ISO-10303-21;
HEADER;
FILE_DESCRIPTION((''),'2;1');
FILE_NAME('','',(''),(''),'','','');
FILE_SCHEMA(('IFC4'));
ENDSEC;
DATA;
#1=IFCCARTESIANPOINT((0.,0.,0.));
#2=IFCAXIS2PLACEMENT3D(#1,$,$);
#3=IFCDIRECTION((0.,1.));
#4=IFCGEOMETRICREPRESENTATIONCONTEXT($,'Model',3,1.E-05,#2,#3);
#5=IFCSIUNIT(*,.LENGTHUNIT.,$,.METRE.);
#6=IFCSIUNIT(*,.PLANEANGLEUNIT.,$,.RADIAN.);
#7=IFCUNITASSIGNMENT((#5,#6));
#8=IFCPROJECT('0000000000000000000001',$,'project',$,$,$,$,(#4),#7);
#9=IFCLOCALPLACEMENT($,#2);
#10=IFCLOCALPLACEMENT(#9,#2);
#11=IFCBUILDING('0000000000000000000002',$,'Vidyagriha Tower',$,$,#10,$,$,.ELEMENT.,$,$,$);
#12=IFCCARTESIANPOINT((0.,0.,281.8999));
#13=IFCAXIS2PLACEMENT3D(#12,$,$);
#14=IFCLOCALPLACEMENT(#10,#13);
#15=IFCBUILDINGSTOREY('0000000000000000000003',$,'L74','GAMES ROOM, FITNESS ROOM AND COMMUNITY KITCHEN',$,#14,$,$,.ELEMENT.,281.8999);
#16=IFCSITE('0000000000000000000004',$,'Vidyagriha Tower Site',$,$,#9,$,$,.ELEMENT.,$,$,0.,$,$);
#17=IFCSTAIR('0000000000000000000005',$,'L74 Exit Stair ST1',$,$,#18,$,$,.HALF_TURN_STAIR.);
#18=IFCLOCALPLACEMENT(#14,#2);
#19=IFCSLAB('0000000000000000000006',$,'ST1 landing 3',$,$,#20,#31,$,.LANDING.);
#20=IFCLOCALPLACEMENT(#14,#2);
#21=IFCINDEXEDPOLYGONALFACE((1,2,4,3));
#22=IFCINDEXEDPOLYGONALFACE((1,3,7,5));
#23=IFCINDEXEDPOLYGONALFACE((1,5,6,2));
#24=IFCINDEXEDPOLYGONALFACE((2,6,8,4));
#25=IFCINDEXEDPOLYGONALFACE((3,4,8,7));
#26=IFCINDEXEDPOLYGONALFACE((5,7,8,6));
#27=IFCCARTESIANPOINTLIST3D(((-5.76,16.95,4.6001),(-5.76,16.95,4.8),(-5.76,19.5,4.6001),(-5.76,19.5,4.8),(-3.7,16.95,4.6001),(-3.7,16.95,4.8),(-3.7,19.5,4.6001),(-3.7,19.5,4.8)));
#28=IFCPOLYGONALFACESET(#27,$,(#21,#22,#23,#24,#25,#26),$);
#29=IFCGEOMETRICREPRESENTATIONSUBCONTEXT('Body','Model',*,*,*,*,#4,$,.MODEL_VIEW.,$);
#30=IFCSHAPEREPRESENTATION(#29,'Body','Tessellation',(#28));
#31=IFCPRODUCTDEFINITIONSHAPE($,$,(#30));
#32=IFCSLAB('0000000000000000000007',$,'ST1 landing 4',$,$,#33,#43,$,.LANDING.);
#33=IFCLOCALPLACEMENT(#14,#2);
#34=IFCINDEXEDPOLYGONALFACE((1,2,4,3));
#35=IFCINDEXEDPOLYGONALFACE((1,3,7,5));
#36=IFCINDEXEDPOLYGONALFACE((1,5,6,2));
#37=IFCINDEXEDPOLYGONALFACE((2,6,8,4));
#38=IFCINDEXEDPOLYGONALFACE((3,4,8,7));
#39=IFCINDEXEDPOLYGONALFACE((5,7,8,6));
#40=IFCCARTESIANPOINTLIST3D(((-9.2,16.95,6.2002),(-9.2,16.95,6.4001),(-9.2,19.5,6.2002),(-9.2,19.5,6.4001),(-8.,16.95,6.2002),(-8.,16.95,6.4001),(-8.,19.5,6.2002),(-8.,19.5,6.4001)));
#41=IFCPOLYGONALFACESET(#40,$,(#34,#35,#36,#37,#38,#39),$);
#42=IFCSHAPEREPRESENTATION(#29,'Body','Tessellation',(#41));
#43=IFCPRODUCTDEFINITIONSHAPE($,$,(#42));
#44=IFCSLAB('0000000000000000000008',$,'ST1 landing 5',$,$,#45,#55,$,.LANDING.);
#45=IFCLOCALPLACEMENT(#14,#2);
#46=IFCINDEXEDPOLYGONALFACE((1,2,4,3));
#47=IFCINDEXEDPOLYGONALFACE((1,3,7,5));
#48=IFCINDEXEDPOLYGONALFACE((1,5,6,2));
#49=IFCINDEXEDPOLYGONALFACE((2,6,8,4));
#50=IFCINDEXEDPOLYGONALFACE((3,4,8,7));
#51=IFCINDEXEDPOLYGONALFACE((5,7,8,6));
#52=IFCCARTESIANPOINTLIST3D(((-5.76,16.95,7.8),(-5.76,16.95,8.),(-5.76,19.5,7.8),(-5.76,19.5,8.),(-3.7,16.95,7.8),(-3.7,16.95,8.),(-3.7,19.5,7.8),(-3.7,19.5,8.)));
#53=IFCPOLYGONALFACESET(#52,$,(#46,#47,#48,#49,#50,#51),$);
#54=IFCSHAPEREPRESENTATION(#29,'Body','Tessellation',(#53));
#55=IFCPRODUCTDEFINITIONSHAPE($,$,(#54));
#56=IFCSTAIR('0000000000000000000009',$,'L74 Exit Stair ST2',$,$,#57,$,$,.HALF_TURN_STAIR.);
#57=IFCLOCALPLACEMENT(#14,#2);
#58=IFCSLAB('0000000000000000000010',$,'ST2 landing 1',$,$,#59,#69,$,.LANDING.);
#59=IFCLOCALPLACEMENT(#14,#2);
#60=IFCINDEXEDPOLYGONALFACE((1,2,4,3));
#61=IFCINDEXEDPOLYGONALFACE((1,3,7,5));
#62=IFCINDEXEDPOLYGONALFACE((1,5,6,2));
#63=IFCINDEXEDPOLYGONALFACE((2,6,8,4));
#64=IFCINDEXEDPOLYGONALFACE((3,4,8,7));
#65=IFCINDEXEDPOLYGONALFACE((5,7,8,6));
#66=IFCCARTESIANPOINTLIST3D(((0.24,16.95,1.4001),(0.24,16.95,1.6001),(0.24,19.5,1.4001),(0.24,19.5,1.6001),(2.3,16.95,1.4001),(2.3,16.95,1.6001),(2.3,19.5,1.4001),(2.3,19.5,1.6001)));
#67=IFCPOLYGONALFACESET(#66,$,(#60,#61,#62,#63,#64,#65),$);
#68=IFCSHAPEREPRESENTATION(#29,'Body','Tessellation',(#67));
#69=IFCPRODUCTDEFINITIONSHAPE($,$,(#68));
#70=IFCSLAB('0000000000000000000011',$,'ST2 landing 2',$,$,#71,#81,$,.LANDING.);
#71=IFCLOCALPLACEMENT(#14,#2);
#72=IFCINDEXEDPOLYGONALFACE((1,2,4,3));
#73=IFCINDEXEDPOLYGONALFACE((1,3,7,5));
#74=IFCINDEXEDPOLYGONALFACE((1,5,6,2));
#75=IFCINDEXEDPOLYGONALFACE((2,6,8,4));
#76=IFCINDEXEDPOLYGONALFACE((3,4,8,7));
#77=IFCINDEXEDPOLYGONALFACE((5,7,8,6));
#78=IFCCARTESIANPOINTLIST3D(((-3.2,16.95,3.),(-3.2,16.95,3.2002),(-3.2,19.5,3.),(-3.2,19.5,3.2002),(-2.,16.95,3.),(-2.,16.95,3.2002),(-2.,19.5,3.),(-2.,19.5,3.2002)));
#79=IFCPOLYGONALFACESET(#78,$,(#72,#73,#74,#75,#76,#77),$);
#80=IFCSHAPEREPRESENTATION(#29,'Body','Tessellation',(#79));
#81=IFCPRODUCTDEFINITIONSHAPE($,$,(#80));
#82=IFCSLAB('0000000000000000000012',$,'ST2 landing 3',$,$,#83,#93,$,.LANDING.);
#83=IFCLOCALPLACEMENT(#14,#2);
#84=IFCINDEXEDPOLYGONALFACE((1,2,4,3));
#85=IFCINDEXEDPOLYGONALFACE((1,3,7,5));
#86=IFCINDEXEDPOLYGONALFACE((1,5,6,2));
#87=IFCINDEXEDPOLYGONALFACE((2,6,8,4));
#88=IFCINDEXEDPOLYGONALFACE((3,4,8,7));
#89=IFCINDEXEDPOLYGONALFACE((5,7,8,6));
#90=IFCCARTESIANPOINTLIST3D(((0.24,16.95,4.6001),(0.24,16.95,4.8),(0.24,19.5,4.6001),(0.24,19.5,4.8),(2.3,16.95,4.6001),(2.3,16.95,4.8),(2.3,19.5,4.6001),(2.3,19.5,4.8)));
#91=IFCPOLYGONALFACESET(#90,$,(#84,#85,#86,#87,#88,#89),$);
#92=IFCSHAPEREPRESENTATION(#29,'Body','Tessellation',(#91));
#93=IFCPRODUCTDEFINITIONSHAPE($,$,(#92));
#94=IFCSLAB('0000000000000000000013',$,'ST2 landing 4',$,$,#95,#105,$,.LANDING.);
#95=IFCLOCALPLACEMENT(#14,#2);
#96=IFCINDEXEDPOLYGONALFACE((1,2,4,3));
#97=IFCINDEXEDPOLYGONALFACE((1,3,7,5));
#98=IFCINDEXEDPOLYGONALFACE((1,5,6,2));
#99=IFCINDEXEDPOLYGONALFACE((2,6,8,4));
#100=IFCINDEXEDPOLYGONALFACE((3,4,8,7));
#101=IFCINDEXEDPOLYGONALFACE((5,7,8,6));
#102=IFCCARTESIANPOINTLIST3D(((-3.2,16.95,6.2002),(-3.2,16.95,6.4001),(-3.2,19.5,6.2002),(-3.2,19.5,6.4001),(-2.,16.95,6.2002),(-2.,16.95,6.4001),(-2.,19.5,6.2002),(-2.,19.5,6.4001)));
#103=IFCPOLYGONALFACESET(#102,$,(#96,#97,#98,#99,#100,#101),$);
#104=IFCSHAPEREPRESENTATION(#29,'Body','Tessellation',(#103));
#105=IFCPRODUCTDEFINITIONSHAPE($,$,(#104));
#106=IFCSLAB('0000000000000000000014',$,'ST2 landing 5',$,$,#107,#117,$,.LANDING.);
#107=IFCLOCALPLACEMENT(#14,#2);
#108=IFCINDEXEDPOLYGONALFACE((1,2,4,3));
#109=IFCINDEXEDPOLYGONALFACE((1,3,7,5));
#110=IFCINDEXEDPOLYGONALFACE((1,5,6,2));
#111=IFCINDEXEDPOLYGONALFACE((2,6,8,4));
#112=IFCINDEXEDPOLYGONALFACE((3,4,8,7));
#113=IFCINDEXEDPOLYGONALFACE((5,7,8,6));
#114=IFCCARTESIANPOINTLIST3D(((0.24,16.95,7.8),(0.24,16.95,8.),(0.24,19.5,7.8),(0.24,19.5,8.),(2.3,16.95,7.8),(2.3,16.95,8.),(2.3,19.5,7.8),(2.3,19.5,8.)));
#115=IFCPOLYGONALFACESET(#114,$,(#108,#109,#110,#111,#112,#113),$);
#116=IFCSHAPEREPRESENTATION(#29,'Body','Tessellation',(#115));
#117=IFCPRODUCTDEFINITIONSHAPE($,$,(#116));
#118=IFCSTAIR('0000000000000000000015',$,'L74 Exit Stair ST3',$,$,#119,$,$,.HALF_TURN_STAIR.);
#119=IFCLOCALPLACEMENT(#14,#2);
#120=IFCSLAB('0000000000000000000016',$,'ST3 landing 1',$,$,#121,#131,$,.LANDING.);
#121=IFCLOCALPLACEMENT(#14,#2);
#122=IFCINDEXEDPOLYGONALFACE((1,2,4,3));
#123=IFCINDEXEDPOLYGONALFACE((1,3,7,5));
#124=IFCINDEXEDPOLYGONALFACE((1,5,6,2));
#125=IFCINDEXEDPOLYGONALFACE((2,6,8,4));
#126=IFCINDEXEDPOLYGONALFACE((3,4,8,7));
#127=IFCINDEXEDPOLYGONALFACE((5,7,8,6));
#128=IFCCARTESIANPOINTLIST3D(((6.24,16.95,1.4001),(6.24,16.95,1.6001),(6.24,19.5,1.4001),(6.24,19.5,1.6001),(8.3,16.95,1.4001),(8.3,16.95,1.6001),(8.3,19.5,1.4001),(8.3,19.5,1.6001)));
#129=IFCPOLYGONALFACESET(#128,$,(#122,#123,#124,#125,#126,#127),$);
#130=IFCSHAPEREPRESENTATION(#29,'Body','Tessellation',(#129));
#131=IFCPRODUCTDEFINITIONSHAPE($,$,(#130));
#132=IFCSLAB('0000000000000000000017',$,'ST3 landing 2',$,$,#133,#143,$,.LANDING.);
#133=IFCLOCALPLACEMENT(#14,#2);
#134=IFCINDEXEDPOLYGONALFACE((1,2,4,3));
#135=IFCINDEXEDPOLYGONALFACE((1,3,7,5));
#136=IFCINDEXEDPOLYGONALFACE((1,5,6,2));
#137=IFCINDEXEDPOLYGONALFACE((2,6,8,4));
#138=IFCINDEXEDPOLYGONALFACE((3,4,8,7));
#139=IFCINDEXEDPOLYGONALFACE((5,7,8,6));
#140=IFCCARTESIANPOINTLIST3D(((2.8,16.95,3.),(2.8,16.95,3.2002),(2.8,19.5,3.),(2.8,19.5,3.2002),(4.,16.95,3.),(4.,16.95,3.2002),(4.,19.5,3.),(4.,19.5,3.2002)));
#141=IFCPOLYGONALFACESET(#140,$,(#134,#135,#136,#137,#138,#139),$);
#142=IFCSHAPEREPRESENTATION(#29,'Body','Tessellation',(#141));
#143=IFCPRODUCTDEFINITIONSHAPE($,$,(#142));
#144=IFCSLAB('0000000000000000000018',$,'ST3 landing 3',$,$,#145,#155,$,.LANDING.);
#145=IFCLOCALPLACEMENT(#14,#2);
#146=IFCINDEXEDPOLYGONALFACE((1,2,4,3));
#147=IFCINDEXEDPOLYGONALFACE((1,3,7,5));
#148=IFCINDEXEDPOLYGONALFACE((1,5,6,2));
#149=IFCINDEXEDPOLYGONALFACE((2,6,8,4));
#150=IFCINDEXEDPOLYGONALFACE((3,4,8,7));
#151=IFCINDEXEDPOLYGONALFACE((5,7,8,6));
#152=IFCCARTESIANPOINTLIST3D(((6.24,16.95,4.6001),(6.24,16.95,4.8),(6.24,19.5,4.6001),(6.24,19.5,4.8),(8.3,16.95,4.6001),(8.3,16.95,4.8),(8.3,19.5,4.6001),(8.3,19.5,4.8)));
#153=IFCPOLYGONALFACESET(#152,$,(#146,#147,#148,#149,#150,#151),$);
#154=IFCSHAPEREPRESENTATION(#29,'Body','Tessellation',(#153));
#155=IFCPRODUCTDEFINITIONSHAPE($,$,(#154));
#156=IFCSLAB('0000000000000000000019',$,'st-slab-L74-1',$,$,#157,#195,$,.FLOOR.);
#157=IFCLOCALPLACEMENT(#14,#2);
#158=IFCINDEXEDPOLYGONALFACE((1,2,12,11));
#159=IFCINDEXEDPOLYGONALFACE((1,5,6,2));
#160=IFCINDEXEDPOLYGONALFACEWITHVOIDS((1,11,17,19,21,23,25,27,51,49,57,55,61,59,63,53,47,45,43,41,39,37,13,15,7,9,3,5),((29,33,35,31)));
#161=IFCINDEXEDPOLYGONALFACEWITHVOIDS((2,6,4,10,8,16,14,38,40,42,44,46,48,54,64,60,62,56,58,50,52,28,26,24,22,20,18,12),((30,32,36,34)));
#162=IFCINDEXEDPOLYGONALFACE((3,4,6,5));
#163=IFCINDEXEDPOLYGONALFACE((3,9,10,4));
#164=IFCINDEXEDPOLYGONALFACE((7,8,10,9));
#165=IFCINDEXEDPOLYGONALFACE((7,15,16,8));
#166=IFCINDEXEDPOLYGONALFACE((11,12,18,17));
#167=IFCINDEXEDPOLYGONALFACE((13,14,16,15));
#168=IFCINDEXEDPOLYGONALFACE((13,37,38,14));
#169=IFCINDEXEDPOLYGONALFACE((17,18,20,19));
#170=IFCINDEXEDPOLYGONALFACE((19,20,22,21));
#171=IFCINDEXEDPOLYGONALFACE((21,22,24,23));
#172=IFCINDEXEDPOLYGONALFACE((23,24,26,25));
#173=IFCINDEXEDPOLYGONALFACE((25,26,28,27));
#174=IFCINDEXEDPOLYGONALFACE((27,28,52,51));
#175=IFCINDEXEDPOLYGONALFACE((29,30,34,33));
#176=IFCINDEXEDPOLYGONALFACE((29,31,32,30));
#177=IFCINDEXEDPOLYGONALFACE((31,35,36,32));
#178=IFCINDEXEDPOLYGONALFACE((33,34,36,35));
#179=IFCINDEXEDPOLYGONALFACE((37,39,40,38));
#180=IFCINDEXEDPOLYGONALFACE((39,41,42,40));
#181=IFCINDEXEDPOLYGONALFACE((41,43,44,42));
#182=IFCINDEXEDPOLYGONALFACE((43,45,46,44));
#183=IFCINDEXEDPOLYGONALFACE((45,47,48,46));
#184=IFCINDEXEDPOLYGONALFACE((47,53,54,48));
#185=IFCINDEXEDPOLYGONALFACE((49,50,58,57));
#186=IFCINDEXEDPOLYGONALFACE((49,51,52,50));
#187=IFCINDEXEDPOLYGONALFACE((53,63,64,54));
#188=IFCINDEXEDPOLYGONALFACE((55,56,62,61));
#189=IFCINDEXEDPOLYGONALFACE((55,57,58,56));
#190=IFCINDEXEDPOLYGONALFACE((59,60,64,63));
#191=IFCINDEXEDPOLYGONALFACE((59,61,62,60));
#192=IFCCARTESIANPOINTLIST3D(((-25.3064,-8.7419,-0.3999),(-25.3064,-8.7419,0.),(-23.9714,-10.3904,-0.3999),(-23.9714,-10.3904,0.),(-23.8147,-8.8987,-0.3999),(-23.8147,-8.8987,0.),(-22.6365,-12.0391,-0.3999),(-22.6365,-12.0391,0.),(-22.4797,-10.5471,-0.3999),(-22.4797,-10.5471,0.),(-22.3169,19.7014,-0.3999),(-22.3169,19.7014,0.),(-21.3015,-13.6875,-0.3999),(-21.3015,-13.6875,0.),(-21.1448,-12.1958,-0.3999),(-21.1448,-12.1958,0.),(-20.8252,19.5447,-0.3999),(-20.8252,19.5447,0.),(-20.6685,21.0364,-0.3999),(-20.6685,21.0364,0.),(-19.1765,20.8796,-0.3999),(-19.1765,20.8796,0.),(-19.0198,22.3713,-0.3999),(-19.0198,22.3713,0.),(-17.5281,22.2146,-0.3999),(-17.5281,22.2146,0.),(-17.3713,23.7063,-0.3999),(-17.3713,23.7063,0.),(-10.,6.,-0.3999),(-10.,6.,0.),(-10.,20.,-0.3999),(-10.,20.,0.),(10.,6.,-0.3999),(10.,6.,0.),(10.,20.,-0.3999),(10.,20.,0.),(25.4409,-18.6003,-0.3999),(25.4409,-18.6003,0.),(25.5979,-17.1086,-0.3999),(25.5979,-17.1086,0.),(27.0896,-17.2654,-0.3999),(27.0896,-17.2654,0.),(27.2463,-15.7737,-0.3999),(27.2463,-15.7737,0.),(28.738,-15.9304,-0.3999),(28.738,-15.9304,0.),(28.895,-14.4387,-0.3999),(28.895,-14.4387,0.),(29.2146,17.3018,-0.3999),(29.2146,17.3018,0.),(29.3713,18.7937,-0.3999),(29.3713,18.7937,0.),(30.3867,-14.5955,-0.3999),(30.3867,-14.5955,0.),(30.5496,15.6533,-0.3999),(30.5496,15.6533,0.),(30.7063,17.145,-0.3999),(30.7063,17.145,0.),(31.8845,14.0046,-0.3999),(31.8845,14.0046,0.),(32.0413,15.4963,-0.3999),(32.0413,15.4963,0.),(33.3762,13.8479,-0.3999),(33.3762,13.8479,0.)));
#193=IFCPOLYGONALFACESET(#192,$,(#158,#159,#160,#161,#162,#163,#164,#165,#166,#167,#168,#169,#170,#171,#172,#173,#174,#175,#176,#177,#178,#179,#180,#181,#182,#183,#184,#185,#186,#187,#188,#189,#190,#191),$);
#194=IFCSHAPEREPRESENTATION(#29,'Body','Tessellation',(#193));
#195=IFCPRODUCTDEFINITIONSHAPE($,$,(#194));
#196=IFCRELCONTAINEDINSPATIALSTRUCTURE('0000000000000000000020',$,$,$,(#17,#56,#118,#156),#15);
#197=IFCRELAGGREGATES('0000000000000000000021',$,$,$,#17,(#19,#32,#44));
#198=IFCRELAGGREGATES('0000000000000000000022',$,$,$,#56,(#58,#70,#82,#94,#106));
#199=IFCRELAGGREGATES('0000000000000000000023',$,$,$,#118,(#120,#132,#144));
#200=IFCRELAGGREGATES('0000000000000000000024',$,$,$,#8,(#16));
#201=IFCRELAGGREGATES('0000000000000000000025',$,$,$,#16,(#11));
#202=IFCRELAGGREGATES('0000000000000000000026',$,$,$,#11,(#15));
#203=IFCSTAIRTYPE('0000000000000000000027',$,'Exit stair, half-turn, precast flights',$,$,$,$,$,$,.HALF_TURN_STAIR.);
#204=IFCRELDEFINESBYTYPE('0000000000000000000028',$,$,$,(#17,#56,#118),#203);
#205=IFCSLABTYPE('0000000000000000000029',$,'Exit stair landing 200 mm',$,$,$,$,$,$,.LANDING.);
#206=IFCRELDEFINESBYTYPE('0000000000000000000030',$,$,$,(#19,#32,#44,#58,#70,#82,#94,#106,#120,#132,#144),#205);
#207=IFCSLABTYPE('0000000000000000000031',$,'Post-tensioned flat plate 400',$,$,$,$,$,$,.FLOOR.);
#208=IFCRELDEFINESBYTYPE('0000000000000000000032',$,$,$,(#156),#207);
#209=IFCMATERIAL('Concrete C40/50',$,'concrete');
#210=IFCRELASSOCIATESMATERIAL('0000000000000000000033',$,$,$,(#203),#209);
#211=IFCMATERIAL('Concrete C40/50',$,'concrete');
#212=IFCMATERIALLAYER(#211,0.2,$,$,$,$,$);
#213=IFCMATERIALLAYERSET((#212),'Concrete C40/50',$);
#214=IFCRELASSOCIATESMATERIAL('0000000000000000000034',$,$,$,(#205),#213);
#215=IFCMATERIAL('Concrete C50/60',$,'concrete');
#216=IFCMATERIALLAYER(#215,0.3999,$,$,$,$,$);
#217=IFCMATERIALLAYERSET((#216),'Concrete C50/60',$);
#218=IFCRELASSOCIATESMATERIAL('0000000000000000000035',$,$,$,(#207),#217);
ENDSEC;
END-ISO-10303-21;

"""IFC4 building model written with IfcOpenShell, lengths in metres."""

from ifc_helpers import new_model, si_unit, direction, frame, origin, place, context, subcontext, project, spatial, polyline, outline, extrude, material, layer, layer_set, type_object, element, aggregate, save


model = new_model("IFC4")

# Units and contexts
model_context = context("Model", 3, precision=1e-05, world=origin(), true_north=direction((0.0, 1.0)))
body_context = subcontext(model_context, "Body", "Model", "MODEL_VIEW")
ifc_project = project(units=[si_unit("LENGTHUNIT", "METRE"), si_unit("PLANEANGLEUNIT", "RADIAN")], contexts=[model_context])

# Site, building, storey
site_placement = place(None, origin())
site = spatial("IfcSite", under=ifc_project, at=site_placement, Name="Vidyagriha Tower Site", CompositionType="ELEMENT", RefElevation=0.0)
building_placement = place(site_placement, origin())
building = spatial("IfcBuilding", under=site, at=building_placement, Name="Vidyagriha Tower", CompositionType="ELEMENT")
storey_placement = place(building_placement, frame((0.0, 0.0, 281.8999)))
storey = spatial("IfcBuildingStorey", under=building, at=storey_placement, Name="L74", Description="GAMES ROOM, FITNESS ROOM AND COMMUNITY KITCHEN", CompositionType="ELEMENT", Elevation=281.8999)

# Stairs, slabs
ifc_material_1 = material(Name="Concrete C40/50", Category="concrete")
stair_type = type_object("IfcStairType", Name="Exit stair, half-turn, precast flights", PredefinedType="HALF_TURN_STAIR", material=ifc_material_1)
stair_1_placement = place(storey_placement, origin())
stair_1 = element("IfcStair", 1, at=stair_1_placement, inside=storey, type_object=stair_type, Name="L74 Exit Stair ST1", PredefinedType="HALF_TURN_STAIR")
ifc_material_2 = material(Name="Concrete C40/50", Category="concrete")
ifc_layer_1 = layer(ifc_material_2, 0.2)
ifc_layer_set_1 = layer_set([ifc_layer_1], Name="Concrete C40/50")
slab_type_1 = type_object("IfcSlabType", Name="Exit stair landing 200 mm", PredefinedType="LANDING", material=ifc_layer_set_1)
slab_1_placement = place(storey_placement, frame((0.0, 0.0, 4.6001)))
slab_1 = element("IfcSlab", 2, at=slab_1_placement, type_object=slab_type_1, Name="ST1 landing 3", PredefinedType="LANDING", context=body_context, shape_type="SweptSolid", body=[
    extrude(outline(polyline([(-5.76, 16.95), (-3.7, 16.95), (-3.7, 19.5), (-5.76, 19.5), (-5.76, 16.95)])), origin(), (0.0, 0.0, 1.0), 0.2),
])
slab_2_placement = place(storey_placement, frame((0.0, 0.0, 6.2002)))
slab_2 = element("IfcSlab", 3, at=slab_2_placement, type_object=slab_type_1, Name="ST1 landing 4", PredefinedType="LANDING", context=body_context, shape_type="SweptSolid", body=[
    extrude(outline(polyline([(-9.2, 16.95), (-8.0, 16.95), (-8.0, 19.5), (-9.2, 19.5), (-9.2, 16.95)])), origin(), (0.0, 0.0, 1.0), 0.2),
])
slab_3_placement = place(storey_placement, frame((0.0, 0.0, 7.8)))
slab_3 = element("IfcSlab", 4, at=slab_3_placement, type_object=slab_type_1, Name="ST1 landing 5", PredefinedType="LANDING", context=body_context, shape_type="SweptSolid", body=[
    extrude(outline(polyline([(-5.76, 16.95), (-3.7, 16.95), (-3.7, 19.5), (-5.76, 19.5), (-5.76, 16.95)])), origin(), (0.0, 0.0, 1.0), 0.2),
])
aggregate(stair_1, [slab_1, slab_2, slab_3])
stair_2_placement = place(storey_placement, origin())
stair_2 = element("IfcStair", 5, at=stair_2_placement, inside=storey, type_object=stair_type, Name="L74 Exit Stair ST2", PredefinedType="HALF_TURN_STAIR")
slab_4_placement = place(storey_placement, frame((0.0, 0.0, 1.4001)))
slab_4 = element("IfcSlab", 6, at=slab_4_placement, type_object=slab_type_1, Name="ST2 landing 1", PredefinedType="LANDING", context=body_context, shape_type="SweptSolid", body=[
    extrude(outline(polyline([(0.24, 16.95), (2.3, 16.95), (2.3, 19.5), (0.24, 19.5), (0.24, 16.95)])), origin(), (0.0, 0.0, 1.0), 0.2),
])
slab_5_placement = place(storey_placement, frame((0.0, 0.0, 3.0)))
slab_5 = element("IfcSlab", 7, at=slab_5_placement, type_object=slab_type_1, Name="ST2 landing 2", PredefinedType="LANDING", context=body_context, shape_type="SweptSolid", body=[
    extrude(outline(polyline([(-3.2, 16.95), (-2.0, 16.95), (-2.0, 19.5), (-3.2, 19.5), (-3.2, 16.95)])), origin(), (0.0, 0.0, 1.0), 0.2002),
])
slab_6_placement = place(storey_placement, frame((0.0, 0.0, 4.6001)))
slab_6 = element("IfcSlab", 8, at=slab_6_placement, type_object=slab_type_1, Name="ST2 landing 3", PredefinedType="LANDING", context=body_context, shape_type="SweptSolid", body=[
    extrude(outline(polyline([(0.24, 16.95), (2.3, 16.95), (2.3, 19.5), (0.24, 19.5), (0.24, 16.95)])), origin(), (0.0, 0.0, 1.0), 0.2),
])
slab_7_placement = place(storey_placement, frame((0.0, 0.0, 6.2002)))
slab_7 = element("IfcSlab", 9, at=slab_7_placement, type_object=slab_type_1, Name="ST2 landing 4", PredefinedType="LANDING", context=body_context, shape_type="SweptSolid", body=[
    extrude(outline(polyline([(-3.2, 16.95), (-2.0, 16.95), (-2.0, 19.5), (-3.2, 19.5), (-3.2, 16.95)])), origin(), (0.0, 0.0, 1.0), 0.2),
])
slab_8_placement = place(storey_placement, frame((0.0, 0.0, 7.8)))
slab_8 = element("IfcSlab", 10, at=slab_8_placement, type_object=slab_type_1, Name="ST2 landing 5", PredefinedType="LANDING", context=body_context, shape_type="SweptSolid", body=[
    extrude(outline(polyline([(0.24, 16.95), (2.3, 16.95), (2.3, 19.5), (0.24, 19.5), (0.24, 16.95)])), origin(), (0.0, 0.0, 1.0), 0.2),
])
aggregate(stair_2, [slab_4, slab_5, slab_6, slab_7, slab_8])
stair_3_placement = place(storey_placement, origin())
stair_3 = element("IfcStair", 11, at=stair_3_placement, inside=storey, type_object=stair_type, Name="L74 Exit Stair ST3", PredefinedType="HALF_TURN_STAIR")
slab_9_placement = place(storey_placement, frame((0.0, 0.0, 1.4001)))
slab_9 = element("IfcSlab", 12, at=slab_9_placement, type_object=slab_type_1, Name="ST3 landing 1", PredefinedType="LANDING", context=body_context, shape_type="SweptSolid", body=[
    extrude(outline(polyline([(6.24, 16.95), (8.3, 16.95), (8.3, 19.5), (6.24, 19.5), (6.24, 16.95)])), origin(), (0.0, 0.0, 1.0), 0.2),
])
slab_10_placement = place(storey_placement, frame((0.0, 0.0, 3.0)))
slab_10 = element("IfcSlab", 13, at=slab_10_placement, type_object=slab_type_1, Name="ST3 landing 2", PredefinedType="LANDING", context=body_context, shape_type="SweptSolid", body=[
    extrude(outline(polyline([(2.8, 16.95), (4.0, 16.95), (4.0, 19.5), (2.8, 19.5), (2.8, 16.95)])), origin(), (0.0, 0.0, 1.0), 0.2002),
])
slab_11_placement = place(storey_placement, frame((0.0, 0.0, 4.6001)))
slab_11 = element("IfcSlab", 14, at=slab_11_placement, type_object=slab_type_1, Name="ST3 landing 3", PredefinedType="LANDING", context=body_context, shape_type="SweptSolid", body=[
    extrude(outline(polyline([(6.24, 16.95), (8.3, 16.95), (8.3, 19.5), (6.24, 19.5), (6.24, 16.95)])), origin(), (0.0, 0.0, 1.0), 0.2),
])
aggregate(stair_3, [slab_9, slab_10, slab_11])

# Slab
ifc_material_3 = material(Name="Concrete C50/60", Category="concrete")
ifc_layer_2 = layer(ifc_material_3, 0.3999)
ifc_layer_set_2 = layer_set([ifc_layer_2], Name="Concrete C50/60")
slab_type_2 = type_object("IfcSlabType", Name="Post-tensioned flat plate 400", PredefinedType="FLOOR", material=ifc_layer_set_2)
slab_12_placement = place(storey_placement, frame((0.0, 0.0, -0.3999)))
element("IfcSlab", 15, at=slab_12_placement, inside=storey, type_object=slab_type_2, Name="st-slab-L74-1", PredefinedType="FLOOR", context=body_context, shape_type="SweptSolid", body=[
    extrude(outline(polyline([(28.895, -14.4387), (28.738, -15.9304), (27.2463, -15.7737), (27.0896, -17.2654), (25.5979, -17.1086), (25.4409, -18.6003), (-21.3015, -13.6875), (-21.1448, -12.1958), (-22.6365, -12.0391), (-22.4797, -10.5471), (-23.9714, -10.3904), (-23.8147, -8.8987), (-25.3064, -8.7419), (-22.3169, 19.7014), (-20.8252, 19.5447), (-20.6685, 21.0364), (-19.1765, 20.8796), (-19.0198, 22.3713), (-17.5281, 22.2146), (-17.3713, 23.7063), (29.3713, 18.7937), (29.2146, 17.3018), (30.7063, 17.145), (30.5496, 15.6533), (32.0413, 15.4963), (31.8845, 14.0046), (33.3762, 13.8479), (30.3867, -14.5955), (28.895, -14.4387)]), holes=[polyline([(10.0, 20.0), (-10.0, 20.0), (-10.0, 6.0), (10.0, 6.0), (10.0, 20.0)])]), origin(), (0.0, 0.0, 1.0), 0.3999),
])

save(model, "model.ifc")
